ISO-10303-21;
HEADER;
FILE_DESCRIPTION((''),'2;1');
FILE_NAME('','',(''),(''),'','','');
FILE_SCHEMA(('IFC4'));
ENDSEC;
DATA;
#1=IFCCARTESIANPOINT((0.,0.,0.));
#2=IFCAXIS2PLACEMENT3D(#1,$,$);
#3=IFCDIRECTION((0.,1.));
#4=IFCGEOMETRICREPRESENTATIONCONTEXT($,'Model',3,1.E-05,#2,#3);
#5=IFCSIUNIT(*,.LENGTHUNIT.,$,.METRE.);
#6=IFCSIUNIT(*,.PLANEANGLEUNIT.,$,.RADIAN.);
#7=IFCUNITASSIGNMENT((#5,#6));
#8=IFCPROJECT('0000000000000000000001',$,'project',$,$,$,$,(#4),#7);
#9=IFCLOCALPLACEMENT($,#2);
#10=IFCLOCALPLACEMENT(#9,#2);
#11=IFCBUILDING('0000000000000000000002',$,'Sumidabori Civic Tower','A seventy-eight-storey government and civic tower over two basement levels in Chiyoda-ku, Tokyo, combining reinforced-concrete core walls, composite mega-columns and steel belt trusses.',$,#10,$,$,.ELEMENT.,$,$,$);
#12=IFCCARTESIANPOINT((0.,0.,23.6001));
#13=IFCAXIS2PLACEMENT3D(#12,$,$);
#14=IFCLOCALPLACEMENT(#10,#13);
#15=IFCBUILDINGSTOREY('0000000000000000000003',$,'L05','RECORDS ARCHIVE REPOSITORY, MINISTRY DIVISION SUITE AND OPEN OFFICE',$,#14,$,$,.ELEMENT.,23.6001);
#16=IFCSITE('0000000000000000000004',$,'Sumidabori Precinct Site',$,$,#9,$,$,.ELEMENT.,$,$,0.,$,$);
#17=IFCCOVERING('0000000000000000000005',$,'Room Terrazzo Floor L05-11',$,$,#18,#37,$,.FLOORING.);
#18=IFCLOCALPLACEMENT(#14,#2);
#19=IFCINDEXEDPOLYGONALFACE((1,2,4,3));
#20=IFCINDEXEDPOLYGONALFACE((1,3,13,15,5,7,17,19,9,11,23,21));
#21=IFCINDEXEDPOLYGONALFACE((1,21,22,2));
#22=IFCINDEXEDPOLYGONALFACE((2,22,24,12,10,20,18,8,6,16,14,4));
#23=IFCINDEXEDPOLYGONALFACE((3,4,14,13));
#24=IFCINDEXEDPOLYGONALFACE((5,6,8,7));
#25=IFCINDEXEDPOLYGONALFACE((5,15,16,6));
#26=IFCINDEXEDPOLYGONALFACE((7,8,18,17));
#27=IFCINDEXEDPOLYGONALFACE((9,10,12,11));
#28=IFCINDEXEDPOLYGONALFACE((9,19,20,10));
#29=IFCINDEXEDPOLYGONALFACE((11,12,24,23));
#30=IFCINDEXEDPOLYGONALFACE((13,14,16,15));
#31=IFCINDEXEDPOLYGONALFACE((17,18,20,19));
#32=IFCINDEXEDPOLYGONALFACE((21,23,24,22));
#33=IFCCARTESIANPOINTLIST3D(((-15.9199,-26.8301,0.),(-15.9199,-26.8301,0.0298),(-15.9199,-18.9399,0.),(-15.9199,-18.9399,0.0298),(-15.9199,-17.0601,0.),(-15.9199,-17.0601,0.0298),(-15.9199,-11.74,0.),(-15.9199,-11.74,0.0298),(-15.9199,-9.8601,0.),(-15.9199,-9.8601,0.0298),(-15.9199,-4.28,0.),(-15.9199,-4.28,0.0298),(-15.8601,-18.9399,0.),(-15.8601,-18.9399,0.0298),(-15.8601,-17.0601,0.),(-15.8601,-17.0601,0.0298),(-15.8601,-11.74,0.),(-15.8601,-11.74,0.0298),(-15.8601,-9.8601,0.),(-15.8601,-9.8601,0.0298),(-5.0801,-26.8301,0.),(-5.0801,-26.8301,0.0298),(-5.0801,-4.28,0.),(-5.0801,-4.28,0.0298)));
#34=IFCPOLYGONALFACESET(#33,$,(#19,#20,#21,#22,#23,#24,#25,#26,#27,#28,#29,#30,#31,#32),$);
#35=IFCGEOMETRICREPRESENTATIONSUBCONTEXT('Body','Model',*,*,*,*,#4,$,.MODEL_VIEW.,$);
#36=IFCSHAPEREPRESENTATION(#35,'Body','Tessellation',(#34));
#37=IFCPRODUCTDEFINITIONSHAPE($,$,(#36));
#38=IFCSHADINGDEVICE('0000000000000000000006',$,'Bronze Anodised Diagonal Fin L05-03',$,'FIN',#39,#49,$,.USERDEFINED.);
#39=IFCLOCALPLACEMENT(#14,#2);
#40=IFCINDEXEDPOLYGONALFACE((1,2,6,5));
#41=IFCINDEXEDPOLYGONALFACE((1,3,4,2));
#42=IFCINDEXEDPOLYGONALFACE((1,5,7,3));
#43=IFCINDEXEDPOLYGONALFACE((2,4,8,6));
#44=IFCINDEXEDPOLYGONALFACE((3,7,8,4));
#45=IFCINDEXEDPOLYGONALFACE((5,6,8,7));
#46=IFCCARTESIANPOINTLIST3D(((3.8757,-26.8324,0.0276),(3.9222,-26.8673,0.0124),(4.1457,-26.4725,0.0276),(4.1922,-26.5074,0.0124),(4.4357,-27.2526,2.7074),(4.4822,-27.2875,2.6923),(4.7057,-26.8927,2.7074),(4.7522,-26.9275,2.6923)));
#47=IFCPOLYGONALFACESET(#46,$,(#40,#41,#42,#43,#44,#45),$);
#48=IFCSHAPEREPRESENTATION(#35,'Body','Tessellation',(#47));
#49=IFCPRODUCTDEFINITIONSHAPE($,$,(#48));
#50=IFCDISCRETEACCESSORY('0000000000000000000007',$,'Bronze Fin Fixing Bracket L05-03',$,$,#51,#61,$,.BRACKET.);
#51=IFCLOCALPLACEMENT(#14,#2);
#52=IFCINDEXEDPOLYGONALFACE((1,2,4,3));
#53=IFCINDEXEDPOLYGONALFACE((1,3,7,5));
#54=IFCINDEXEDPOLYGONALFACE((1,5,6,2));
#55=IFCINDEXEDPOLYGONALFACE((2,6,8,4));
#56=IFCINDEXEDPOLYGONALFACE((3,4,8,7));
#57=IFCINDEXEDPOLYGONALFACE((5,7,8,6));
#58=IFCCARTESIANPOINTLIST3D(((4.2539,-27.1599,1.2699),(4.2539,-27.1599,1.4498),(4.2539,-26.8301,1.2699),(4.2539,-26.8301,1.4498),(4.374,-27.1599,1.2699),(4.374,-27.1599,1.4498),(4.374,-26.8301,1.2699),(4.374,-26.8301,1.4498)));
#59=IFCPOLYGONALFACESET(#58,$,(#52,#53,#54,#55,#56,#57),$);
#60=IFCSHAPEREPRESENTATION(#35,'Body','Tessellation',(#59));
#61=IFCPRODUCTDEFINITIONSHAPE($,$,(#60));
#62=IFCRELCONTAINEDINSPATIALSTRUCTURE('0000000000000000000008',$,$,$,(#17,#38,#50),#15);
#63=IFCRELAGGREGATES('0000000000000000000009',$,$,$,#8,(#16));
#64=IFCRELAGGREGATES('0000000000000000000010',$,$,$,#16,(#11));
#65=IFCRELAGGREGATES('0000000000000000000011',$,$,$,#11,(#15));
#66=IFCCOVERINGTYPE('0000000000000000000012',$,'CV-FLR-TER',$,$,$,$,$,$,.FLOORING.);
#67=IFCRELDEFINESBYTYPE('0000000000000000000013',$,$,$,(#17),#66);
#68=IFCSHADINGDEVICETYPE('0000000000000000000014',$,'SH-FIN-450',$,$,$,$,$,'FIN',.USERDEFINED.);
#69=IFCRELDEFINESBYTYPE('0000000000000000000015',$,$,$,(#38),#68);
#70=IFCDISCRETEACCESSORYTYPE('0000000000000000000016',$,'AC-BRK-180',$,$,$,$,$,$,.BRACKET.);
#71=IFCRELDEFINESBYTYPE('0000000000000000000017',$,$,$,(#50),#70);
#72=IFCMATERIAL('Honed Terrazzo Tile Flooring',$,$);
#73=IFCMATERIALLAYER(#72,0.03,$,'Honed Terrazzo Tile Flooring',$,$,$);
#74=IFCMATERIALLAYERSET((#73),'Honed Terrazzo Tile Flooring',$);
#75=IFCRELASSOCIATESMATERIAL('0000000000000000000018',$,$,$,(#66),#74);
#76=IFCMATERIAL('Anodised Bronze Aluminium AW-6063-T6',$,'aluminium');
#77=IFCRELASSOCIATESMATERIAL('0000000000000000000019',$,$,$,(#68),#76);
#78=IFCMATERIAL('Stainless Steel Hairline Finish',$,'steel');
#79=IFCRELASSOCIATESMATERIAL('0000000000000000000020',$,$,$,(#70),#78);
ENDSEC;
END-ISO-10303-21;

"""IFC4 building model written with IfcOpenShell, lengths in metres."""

from ifc_helpers import new_model, si_unit, direction, frame, origin, origin_2d, place, context, subcontext, project, spatial, polyline, rectangle, outline, extrude, source, transform, mapped, material, layer, layer_set, material_profile, profile_set, type_object, element, save


model = new_model("IFC4")

# Units and contexts
model_context = context("Model", 3, precision=1e-05, world=origin(), true_north=direction((0.0, 1.0)))
body_context = subcontext(model_context, "Body", "Model", "MODEL_VIEW")
ifc_project = project(units=[si_unit("LENGTHUNIT", "METRE"), si_unit("PLANEANGLEUNIT", "RADIAN")], contexts=[model_context])

# Site, building, storey
site_placement = place(None, origin())
site = spatial("IfcSite", under=ifc_project, at=site_placement, Name="Sumidabori Precinct Site", CompositionType="ELEMENT", RefElevation=0.0)
building_placement = place(site_placement, origin())
building = spatial("IfcBuilding", under=site, at=building_placement, Name="Sumidabori Civic Tower", Description="A seventy-eight-storey government and civic tower over two basement levels in Chiyoda-ku, Tokyo, combining reinforced-concrete core walls, composite mega-columns and steel belt trusses.", CompositionType="ELEMENT")
storey_placement = place(building_placement, frame((0.0, 0.0, 23.6001)))
storey = spatial("IfcBuildingStorey", under=building, at=storey_placement, Name="L05", Description="RECORDS ARCHIVE REPOSITORY, MINISTRY DIVISION SUITE AND OPEN OFFICE", CompositionType="ELEMENT", Elevation=23.6001)

# Shared definitions
ifc_material_1 = material(Name="Anodised Bronze Aluminium AW-6063-T6", Category="aluminium")

# Covering
ifc_material_2 = material(Name="Honed Terrazzo Tile Flooring")
ifc_layer_1 = layer(ifc_material_2, 0.03, Name="Honed Terrazzo Tile Flooring")
ifc_layer_set_1 = layer_set([ifc_layer_1], Name="Honed Terrazzo Tile Flooring")
covering_type_1 = type_object("IfcCoveringType", Name="CV-FLR-TER", PredefinedType="FLOORING", material=ifc_layer_set_1)
covering_1_placement = place(storey_placement, origin())
element("IfcCovering", 1, at=covering_1_placement, inside=storey, type_object=covering_type_1, Name="Room Terrazzo Floor L05-11", PredefinedType="FLOORING", context=body_context, shape_type="SweptSolid", body=[
    extrude(outline(polyline([(-15.8601, -17.0601), (-15.9199, -17.0601), (-15.9199, -11.74), (-15.8601, -11.74), (-15.8601, -9.8601), (-15.9199, -9.8601), (-15.9199, -4.28), (-5.0801, -4.28), (-5.0801, -26.8301), (-15.9199, -26.8301), (-15.9199, -18.9399), (-15.8601, -18.9399), (-15.8601, -17.0601)])), origin(), (0.0, 0.0, 1.0), 0.0298),
])

# Shading device
ifc_material_profile_1 = material_profile(ifc_material_1, rectangle(XDim=0.0601, YDim=0.45, at=origin_2d()), Name="BRONZE FIN 450x60")
ifc_profile_set_1 = profile_set([ifc_material_profile_1], Name="Anodised Bronze Aluminium AW-6063-T6")
shading_device_type = type_object("IfcShadingDeviceType", Name="SH-FIN-450", ElementType="FIN", PredefinedType="USERDEFINED", material=ifc_profile_set_1)
shared_shape_1 = source(origin(), body_context, "Body", "SweptSolid", [
    extrude(rectangle(XDim=0.0601, YDim=0.45, at=origin_2d()), origin(), (0.0, 0.0, 1.0), 2.7698),
])
shading_device_placement = place(storey_placement, frame((4.0339, -26.6699, 0.02), z_axis=(0.202196, -0.151691, 0.967526), x_axis=(0.77394, -0.580624, -0.252771)))
element("IfcShadingDevice", 2, at=shading_device_placement, inside=storey, type_object=shading_device_type, Name="Bronze Anodised Diagonal Fin L05-03", ObjectType="FIN", PredefinedType="USERDEFINED", context=body_context, shape_type="MappedRepresentation", body=[
    mapped(shared_shape_1, transform((0.0, 0.0, 0.0), x_axis=(1.0, 0.0, 0.0), y_axis=(0.0, 1.0, 0.0), z_axis=(0.0, 0.0, 1.0), scale=1.0)),
])

# Discrete accessory
ifc_material_3 = material(Name="Stainless Steel Hairline Finish", Category="steel")
ifc_material_profile_2 = material_profile(ifc_material_3, rectangle(XDim=0.1201, YDim=0.1799, at=origin_2d()), Name="STEEL BRACKET 180x120")
ifc_profile_set_2 = profile_set([ifc_material_profile_2], Name="Stainless Steel Hairline Finish")
discrete_accessory_type = type_object("IfcDiscreteAccessoryType", Name="AC-BRK-180", PredefinedType="BRACKET", material=ifc_profile_set_2)
shared_shape_2 = source(origin(), body_context, "Body", "SweptSolid", [
    extrude(rectangle(XDim=0.1201, YDim=0.1799, at=origin_2d()), origin(), (0.0, 0.0, 1.0), 0.3298),
])
discrete_accessory_placement = place(storey_placement, frame((4.314, -26.8301, 1.3599), z_axis=(0.0, -1.0, 0.0), x_axis=(1.0, 0.0, 0.0)))
element("IfcDiscreteAccessory", 3, at=discrete_accessory_placement, inside=storey, type_object=discrete_accessory_type, Name="Bronze Fin Fixing Bracket L05-03", PredefinedType="BRACKET", context=body_context, shape_type="MappedRepresentation", body=[
    mapped(shared_shape_2, transform((0.0, 0.0, 0.0), x_axis=(1.0, 0.0, 0.0), y_axis=(0.0, 1.0, 0.0), z_axis=(0.0, 0.0, 1.0), scale=1.0)),
])

save(model, "model.ifc")
